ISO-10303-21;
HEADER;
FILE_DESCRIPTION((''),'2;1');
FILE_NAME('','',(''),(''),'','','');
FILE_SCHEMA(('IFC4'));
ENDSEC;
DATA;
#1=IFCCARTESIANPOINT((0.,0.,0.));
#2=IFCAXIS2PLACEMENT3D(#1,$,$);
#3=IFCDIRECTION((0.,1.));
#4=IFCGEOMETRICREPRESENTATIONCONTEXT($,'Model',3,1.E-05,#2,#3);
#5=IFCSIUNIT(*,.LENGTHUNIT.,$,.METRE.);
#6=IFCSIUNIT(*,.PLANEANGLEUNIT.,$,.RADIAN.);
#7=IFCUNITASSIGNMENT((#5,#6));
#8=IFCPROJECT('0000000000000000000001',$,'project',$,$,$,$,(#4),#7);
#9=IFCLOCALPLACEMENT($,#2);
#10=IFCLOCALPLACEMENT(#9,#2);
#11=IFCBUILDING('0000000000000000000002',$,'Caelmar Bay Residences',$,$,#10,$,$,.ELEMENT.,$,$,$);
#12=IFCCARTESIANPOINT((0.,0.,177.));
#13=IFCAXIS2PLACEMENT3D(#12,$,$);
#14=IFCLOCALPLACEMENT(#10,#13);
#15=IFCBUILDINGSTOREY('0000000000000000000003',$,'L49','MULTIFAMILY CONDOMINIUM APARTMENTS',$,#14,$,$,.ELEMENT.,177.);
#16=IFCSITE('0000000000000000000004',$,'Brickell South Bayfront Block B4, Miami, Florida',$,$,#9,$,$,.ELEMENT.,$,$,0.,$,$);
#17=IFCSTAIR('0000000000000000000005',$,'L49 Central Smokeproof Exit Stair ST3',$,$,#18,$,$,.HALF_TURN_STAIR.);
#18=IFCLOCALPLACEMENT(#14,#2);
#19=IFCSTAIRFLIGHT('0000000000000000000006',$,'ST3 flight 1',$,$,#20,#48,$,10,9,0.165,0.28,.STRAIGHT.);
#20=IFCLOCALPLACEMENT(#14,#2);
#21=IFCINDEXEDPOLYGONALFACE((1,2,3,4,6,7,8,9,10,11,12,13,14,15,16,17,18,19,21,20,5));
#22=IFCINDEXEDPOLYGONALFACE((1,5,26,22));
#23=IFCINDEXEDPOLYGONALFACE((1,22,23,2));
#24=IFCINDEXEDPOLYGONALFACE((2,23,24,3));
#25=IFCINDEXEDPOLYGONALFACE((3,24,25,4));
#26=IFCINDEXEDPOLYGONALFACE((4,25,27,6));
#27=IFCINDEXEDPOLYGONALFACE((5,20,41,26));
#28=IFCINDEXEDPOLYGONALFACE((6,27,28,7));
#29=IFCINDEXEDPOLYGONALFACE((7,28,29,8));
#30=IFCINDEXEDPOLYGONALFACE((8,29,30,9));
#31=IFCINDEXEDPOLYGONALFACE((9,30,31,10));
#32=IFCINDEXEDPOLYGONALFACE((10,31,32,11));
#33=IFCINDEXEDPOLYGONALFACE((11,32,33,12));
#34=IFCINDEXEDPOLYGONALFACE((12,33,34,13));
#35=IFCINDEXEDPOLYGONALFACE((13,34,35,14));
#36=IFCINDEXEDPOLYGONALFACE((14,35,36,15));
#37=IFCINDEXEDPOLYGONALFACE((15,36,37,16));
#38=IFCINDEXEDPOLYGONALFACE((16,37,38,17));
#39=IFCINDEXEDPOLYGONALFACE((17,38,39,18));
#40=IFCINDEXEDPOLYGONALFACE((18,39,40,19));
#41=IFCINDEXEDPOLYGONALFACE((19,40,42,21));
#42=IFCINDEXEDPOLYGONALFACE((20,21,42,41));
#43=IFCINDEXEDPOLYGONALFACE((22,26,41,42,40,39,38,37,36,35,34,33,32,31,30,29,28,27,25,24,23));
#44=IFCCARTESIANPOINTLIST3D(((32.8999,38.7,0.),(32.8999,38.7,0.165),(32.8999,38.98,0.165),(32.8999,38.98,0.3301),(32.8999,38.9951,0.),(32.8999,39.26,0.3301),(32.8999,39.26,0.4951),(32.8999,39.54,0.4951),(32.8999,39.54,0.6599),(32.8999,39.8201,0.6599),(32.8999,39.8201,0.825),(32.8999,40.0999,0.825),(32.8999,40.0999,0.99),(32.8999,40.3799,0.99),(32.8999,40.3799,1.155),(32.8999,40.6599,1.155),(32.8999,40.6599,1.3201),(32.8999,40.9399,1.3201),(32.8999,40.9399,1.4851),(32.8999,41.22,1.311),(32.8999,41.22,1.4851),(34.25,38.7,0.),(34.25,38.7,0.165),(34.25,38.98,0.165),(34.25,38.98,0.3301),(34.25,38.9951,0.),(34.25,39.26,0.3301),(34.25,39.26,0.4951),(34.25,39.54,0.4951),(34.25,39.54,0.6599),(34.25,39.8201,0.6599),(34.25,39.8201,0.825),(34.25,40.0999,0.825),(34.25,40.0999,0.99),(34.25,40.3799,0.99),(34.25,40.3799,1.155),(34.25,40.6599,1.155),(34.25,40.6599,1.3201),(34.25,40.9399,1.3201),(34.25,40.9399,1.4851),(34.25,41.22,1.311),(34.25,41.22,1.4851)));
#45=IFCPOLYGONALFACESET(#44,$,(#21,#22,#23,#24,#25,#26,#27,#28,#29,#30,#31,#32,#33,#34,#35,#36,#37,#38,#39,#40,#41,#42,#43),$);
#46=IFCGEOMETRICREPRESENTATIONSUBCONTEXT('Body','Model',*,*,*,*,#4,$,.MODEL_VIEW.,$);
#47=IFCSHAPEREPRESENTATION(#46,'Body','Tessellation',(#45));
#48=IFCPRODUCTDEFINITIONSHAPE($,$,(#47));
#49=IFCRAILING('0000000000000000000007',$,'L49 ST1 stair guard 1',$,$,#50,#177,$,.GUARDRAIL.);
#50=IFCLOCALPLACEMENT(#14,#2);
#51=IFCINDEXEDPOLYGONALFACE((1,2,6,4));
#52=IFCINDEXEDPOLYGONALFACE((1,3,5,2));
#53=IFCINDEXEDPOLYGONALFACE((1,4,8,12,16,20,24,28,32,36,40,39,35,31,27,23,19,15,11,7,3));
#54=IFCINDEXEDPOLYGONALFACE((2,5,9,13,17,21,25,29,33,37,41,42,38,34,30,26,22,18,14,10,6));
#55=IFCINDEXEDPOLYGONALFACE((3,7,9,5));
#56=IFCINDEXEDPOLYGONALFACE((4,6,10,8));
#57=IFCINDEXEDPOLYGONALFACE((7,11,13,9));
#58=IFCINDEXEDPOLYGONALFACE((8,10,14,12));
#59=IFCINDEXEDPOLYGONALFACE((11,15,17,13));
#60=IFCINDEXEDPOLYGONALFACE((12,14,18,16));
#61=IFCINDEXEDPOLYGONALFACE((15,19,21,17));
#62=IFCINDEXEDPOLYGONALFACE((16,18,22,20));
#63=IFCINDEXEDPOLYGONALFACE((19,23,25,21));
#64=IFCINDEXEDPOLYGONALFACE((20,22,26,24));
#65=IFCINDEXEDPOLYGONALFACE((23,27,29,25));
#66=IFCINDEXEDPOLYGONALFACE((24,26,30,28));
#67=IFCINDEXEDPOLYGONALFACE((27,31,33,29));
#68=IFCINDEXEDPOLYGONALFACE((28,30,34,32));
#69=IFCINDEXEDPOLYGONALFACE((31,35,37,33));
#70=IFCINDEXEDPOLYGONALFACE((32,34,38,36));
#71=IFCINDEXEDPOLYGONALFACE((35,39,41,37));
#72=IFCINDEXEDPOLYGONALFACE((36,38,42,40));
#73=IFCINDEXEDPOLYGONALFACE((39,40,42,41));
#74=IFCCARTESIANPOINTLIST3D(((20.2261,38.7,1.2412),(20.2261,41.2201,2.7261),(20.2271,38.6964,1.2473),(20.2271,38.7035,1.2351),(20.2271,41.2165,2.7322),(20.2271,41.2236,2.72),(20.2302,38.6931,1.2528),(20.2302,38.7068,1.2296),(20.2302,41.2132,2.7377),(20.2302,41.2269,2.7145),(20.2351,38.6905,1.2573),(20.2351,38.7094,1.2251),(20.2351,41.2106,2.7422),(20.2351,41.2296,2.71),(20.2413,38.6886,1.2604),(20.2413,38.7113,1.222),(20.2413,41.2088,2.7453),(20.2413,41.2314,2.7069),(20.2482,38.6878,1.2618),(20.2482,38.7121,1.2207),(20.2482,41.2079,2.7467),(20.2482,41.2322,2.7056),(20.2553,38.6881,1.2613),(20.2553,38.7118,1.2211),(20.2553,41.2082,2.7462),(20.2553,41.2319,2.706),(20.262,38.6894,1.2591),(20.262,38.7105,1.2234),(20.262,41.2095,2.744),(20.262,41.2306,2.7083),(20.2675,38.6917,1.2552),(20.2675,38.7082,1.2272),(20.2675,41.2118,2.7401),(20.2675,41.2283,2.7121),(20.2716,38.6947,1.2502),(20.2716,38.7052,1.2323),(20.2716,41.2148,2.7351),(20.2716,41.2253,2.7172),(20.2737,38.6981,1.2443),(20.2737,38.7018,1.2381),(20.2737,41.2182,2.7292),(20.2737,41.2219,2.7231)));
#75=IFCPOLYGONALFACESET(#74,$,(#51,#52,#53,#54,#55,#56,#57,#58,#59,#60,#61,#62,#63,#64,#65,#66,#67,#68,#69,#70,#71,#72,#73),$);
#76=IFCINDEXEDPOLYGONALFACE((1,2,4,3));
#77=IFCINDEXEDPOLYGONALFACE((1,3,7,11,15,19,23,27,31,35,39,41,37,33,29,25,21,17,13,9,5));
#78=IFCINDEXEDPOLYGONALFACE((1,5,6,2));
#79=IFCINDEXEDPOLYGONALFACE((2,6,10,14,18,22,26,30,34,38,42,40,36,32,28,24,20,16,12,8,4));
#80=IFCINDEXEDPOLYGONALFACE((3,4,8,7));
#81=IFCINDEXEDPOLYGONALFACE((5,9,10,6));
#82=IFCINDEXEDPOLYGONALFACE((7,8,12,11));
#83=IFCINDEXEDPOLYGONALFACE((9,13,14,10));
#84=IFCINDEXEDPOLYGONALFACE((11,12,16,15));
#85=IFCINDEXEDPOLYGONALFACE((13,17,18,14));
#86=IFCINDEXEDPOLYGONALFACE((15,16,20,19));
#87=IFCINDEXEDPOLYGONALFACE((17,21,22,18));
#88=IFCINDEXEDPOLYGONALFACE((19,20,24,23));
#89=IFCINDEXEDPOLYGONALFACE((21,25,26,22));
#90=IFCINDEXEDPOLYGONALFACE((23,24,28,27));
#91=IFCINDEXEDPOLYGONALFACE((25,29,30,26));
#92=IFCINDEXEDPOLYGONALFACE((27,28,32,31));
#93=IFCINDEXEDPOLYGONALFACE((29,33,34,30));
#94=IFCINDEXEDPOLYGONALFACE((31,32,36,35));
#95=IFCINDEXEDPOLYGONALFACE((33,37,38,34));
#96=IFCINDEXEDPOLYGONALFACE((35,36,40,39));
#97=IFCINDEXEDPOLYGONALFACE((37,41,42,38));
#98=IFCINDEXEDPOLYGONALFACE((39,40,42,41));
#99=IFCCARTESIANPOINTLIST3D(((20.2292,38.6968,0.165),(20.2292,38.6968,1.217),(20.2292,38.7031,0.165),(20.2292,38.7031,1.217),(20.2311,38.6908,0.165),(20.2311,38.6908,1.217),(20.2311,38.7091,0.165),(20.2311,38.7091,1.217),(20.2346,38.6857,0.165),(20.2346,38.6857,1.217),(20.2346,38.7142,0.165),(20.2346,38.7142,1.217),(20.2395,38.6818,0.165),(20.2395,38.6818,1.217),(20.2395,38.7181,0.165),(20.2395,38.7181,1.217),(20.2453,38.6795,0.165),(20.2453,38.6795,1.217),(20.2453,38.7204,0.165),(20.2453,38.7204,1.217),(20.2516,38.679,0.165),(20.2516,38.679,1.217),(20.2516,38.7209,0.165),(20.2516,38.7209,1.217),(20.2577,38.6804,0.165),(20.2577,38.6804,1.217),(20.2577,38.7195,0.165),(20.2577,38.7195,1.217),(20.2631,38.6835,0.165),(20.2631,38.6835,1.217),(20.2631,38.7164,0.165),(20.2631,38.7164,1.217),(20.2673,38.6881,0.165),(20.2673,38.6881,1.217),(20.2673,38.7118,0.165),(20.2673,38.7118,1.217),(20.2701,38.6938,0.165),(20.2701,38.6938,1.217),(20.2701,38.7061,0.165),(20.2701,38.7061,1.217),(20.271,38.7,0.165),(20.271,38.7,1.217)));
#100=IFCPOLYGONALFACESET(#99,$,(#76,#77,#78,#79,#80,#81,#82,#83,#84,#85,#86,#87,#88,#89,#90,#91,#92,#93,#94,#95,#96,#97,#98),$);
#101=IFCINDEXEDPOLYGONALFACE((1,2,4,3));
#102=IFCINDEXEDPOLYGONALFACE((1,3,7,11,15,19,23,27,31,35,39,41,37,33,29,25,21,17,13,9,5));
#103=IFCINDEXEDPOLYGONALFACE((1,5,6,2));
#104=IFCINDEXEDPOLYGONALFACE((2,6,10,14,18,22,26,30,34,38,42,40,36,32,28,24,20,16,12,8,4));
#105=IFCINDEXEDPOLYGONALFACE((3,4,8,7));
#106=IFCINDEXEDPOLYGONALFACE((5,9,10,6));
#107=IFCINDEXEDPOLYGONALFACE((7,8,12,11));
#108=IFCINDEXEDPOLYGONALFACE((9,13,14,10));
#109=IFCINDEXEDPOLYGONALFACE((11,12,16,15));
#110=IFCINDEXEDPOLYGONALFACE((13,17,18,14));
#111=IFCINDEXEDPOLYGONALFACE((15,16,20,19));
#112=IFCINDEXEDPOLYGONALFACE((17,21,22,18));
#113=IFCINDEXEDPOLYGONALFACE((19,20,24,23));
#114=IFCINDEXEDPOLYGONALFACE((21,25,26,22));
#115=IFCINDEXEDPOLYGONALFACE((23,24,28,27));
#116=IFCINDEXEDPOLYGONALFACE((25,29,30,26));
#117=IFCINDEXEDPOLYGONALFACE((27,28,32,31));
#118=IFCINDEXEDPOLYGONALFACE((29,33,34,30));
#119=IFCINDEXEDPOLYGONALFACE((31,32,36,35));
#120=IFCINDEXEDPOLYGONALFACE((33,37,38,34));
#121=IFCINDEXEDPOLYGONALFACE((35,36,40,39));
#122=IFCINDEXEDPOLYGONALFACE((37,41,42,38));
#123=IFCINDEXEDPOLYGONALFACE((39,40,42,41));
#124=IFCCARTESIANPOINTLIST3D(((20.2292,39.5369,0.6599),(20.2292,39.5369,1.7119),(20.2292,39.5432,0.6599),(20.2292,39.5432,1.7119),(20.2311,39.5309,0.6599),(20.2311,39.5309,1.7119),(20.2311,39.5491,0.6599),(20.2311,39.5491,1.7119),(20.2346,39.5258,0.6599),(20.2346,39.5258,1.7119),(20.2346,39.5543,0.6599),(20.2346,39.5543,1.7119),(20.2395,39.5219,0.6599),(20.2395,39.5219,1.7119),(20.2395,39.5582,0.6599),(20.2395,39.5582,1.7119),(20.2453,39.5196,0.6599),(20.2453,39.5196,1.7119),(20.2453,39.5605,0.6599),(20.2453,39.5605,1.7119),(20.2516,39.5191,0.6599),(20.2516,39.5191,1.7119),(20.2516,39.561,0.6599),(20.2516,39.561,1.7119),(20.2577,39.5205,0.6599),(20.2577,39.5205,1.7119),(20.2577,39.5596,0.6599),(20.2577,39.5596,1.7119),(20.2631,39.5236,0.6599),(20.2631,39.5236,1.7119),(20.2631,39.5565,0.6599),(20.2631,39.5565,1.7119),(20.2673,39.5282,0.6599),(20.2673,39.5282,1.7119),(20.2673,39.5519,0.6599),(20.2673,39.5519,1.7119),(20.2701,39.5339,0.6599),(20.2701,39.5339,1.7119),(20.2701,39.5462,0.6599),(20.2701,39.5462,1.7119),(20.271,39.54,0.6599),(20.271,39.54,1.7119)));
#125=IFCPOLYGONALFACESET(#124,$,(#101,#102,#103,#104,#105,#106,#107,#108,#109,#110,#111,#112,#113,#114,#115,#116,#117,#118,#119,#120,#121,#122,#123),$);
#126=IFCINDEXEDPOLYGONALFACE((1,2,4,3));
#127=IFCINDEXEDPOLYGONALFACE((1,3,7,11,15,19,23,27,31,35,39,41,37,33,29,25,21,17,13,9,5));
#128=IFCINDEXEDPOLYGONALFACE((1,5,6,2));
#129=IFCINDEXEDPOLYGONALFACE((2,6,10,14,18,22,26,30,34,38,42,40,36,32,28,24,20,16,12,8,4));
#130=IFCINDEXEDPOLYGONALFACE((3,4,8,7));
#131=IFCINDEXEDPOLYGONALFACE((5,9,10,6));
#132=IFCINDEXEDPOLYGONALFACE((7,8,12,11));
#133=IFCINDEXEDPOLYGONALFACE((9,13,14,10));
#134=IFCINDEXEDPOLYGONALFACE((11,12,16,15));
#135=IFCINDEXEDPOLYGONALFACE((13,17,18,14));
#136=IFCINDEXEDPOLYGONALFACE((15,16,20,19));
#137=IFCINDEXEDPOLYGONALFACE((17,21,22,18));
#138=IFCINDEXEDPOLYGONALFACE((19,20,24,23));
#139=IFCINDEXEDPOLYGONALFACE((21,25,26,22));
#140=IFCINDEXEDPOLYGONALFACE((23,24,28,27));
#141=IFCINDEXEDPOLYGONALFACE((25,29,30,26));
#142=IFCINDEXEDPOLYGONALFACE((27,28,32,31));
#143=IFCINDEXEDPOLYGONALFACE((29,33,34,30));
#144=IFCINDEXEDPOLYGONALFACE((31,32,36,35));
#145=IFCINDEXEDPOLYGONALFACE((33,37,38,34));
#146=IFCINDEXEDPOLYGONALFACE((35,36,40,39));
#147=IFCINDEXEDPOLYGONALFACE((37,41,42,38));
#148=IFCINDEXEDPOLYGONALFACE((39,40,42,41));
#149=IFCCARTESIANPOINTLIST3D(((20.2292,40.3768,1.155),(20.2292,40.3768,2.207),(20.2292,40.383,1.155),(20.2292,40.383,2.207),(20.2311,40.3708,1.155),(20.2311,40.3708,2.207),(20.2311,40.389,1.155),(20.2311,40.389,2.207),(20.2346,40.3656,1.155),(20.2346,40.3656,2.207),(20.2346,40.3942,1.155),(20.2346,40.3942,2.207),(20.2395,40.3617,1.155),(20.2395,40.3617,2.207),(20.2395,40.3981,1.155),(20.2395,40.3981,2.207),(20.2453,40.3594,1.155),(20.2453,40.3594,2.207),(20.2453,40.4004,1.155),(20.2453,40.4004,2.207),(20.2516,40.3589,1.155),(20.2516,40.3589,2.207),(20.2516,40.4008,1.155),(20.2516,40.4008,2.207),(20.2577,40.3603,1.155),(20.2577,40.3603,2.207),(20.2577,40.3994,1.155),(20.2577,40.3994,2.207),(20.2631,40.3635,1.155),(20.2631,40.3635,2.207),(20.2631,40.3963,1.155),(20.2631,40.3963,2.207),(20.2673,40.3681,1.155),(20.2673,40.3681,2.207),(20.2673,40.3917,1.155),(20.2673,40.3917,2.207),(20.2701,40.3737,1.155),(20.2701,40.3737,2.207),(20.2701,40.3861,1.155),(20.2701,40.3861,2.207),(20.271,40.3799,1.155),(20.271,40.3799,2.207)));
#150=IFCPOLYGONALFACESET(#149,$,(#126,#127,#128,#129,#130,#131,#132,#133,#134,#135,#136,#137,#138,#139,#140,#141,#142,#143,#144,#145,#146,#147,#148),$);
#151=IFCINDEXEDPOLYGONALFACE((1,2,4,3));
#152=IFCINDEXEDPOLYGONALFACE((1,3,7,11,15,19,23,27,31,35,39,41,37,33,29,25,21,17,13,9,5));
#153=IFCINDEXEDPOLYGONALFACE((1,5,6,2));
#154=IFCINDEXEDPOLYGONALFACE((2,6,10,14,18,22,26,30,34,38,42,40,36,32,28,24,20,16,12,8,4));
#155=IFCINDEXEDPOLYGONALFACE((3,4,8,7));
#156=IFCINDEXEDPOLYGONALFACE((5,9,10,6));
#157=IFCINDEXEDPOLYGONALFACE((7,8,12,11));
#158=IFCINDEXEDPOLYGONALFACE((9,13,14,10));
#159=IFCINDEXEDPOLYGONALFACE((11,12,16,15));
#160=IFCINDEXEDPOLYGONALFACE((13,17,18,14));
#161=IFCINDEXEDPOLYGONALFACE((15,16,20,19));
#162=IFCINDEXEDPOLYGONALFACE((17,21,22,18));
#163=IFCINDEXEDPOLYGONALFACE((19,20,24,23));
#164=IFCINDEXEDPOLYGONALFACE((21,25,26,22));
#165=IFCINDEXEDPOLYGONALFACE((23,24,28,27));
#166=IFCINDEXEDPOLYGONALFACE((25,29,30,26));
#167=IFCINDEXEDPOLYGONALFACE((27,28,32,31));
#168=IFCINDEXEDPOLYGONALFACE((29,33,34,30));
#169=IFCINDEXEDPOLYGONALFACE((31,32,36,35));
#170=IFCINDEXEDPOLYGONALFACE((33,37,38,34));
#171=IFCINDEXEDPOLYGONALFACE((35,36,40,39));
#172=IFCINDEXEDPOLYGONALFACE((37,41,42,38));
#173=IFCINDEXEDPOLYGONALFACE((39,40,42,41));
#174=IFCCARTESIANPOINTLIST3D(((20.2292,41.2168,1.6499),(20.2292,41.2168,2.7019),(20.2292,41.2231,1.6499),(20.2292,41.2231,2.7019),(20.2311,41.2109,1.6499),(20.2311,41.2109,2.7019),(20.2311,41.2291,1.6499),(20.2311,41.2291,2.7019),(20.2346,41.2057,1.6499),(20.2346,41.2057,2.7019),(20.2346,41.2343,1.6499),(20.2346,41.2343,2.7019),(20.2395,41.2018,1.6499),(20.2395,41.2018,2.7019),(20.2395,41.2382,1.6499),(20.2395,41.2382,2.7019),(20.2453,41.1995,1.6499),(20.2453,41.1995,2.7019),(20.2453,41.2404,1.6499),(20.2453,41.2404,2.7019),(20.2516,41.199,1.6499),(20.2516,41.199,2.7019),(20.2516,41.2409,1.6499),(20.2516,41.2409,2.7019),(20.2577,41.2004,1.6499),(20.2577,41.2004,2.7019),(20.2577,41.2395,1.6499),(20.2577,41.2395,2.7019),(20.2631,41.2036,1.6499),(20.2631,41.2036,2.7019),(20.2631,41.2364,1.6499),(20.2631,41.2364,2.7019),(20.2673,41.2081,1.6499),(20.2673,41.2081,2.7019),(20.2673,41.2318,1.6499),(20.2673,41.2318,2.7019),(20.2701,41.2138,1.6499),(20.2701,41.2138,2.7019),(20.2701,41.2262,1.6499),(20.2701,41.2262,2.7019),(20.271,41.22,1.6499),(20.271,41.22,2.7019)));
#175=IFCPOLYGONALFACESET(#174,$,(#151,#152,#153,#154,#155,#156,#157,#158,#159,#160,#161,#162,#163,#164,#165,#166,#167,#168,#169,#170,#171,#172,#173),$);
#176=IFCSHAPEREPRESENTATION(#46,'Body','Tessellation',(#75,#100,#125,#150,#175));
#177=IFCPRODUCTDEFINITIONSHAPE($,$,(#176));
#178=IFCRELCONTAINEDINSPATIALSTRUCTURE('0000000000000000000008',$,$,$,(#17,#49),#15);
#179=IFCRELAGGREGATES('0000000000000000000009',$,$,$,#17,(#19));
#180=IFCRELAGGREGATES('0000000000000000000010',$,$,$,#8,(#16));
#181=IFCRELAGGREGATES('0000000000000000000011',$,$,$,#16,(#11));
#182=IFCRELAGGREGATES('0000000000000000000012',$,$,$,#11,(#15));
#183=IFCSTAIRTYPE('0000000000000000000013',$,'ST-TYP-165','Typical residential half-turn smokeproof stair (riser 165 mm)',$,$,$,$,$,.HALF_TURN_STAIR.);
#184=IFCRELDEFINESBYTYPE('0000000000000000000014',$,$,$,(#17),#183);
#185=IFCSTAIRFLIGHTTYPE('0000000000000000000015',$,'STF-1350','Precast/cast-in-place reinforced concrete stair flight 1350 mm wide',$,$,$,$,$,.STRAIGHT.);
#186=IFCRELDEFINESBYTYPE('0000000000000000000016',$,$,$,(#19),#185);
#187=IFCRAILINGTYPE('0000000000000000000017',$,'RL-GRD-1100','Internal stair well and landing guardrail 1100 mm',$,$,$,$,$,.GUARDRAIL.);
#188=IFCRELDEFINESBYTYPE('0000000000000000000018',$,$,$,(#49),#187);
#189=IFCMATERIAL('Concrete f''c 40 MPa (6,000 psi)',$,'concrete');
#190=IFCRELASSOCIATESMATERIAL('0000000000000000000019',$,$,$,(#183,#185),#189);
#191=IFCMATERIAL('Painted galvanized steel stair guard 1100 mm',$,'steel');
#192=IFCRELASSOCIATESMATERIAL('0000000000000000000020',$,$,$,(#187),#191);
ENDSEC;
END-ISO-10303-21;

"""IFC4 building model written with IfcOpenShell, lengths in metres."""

from ifc_helpers import new_model, si_unit, direction, frame, origin, origin_2d, place, context, subcontext, project, spatial, polyline, circle, outline, extrude, material, type_object, element, aggregate, save


model = new_model("IFC4")

# Units and contexts
model_context = context("Model", 3, precision=1e-05, world=origin(), true_north=direction((0.0, 1.0)))
body_context = subcontext(model_context, "Body", "Model", "MODEL_VIEW")
ifc_project = project(units=[si_unit("LENGTHUNIT", "METRE"), si_unit("PLANEANGLEUNIT", "RADIAN")], contexts=[model_context])

# Site, building, storey
site_placement = place(None, origin())
site = spatial("IfcSite", under=ifc_project, at=site_placement, Name="Brickell South Bayfront Block B4, Miami, Florida", CompositionType="ELEMENT", RefElevation=0.0)
building_placement = place(site_placement, origin())
building = spatial("IfcBuilding", under=site, at=building_placement, Name="Caelmar Bay Residences", CompositionType="ELEMENT")
storey_placement = place(building_placement, frame((0.0, 0.0, 177.0)))
storey = spatial("IfcBuildingStorey", under=building, at=storey_placement, Name="L49", Description="MULTIFAMILY CONDOMINIUM APARTMENTS", CompositionType="ELEMENT", Elevation=177.0)

# Stair, stair flight
ifc_material_1 = material(Name="Concrete f'c 40 MPa (6,000 psi)", Category="concrete")
stair_type = type_object("IfcStairType", Name="ST-TYP-165", Description="Typical residential half-turn smokeproof stair (riser 165 mm)", PredefinedType="HALF_TURN_STAIR", material=ifc_material_1)
stair_flight_type = type_object("IfcStairFlightType", Name="STF-1350", Description="Precast/cast-in-place reinforced concrete stair flight 1350 mm wide", PredefinedType="STRAIGHT", material=ifc_material_1)
stair_1_placement = place(storey_placement, origin())
stair_1 = element("IfcStair", 1, at=stair_1_placement, inside=storey, type_object=stair_type, Name="L49 Central Smokeproof Exit Stair ST3", PredefinedType="HALF_TURN_STAIR")
stair_flight_1_placement = place(storey_placement, frame((33.575, 38.7, 0.0), z_axis=(0.0, 0.0, 1.0), x_axis=(0.0, 1.0, 0.0)))
stair_flight_1 = element("IfcStairFlight", 2, at=stair_flight_1_placement, type_object=stair_flight_type, Name="ST3 flight 1", NumberOfRisers=10, NumberOfTreads=9, PredefinedType="STRAIGHT", RiserHeight=0.165, TreadLength=0.28, context=body_context, shape_type="SweptSolid", body=[
    extrude(outline(polyline([(0.0, 0.0), (0.0, 0.165), (0.28, 0.165), (0.28, 0.3301), (0.5601, 0.3301), (0.5601, 0.4951), (0.8401, 0.4951), (0.8401, 0.6599), (1.1201, 0.6599), (1.1201, 0.825), (1.3999, 0.825), (1.3999, 0.99), (1.6799, 0.99), (1.6799, 1.155), (1.96, 1.155), (1.96, 1.3201), (2.24, 1.3201), (2.24, 1.4851), (2.52, 1.4851), (2.52, 1.6499), (2.52, 1.311), (0.2952, 0.0), (0.0, 0.0)])), frame((0.0, 0.675, 0.0), z_axis=(0.0, -1.0, 0.0), x_axis=(1.0, 0.0, 0.0)), (0.0, 0.0, 1.0), 1.3501),
])
aggregate(stair_1, [stair_flight_1])

# Railing
ifc_material_2 = material(Name="Painted galvanized steel stair guard 1100 mm", Category="steel")
railing_type_1 = type_object("IfcRailingType", Name="RL-GRD-1100", Description="Internal stair well and landing guardrail 1100 mm", PredefinedType="GUARDRAIL", material=ifc_material_2)
railing_1_placement = place(storey_placement, frame((20.25, 38.7, 0.165)))
element("IfcRailing", 3, at=railing_1_placement, inside=storey, type_object=railing_type_1, Name="L49 ST1 stair guard 1", PredefinedType="GUARDRAIL", context=body_context, shape_type="SweptSolid", body=[
    extrude(circle(Radius=0.0239, at=origin_2d()), frame((0.0, 0.0, 1.0762), z_axis=(0.0, 0.861561, 0.507655), x_axis=(-1.0, 0.0, 0.0)), (0.0, 0.0, 1.0), 2.925),
    extrude(circle(Radius=0.021, at=origin_2d()), origin(), (0.0, 0.0, 1.0), 1.052),
    extrude(circle(Radius=0.021, at=origin_2d()), frame((0.0, 0.8401, 0.4949)), (0.0, 0.0, 1.0), 1.052),
    extrude(circle(Radius=0.021, at=origin_2d()), frame((0.0, 1.6799, 0.99)), (0.0, 0.0, 1.0), 1.052),
    extrude(circle(Radius=0.021, at=origin_2d()), frame((0.0, 2.52, 1.4849)), (0.0, 0.0, 1.0), 1.052),
])

save(model, "model.ifc")
